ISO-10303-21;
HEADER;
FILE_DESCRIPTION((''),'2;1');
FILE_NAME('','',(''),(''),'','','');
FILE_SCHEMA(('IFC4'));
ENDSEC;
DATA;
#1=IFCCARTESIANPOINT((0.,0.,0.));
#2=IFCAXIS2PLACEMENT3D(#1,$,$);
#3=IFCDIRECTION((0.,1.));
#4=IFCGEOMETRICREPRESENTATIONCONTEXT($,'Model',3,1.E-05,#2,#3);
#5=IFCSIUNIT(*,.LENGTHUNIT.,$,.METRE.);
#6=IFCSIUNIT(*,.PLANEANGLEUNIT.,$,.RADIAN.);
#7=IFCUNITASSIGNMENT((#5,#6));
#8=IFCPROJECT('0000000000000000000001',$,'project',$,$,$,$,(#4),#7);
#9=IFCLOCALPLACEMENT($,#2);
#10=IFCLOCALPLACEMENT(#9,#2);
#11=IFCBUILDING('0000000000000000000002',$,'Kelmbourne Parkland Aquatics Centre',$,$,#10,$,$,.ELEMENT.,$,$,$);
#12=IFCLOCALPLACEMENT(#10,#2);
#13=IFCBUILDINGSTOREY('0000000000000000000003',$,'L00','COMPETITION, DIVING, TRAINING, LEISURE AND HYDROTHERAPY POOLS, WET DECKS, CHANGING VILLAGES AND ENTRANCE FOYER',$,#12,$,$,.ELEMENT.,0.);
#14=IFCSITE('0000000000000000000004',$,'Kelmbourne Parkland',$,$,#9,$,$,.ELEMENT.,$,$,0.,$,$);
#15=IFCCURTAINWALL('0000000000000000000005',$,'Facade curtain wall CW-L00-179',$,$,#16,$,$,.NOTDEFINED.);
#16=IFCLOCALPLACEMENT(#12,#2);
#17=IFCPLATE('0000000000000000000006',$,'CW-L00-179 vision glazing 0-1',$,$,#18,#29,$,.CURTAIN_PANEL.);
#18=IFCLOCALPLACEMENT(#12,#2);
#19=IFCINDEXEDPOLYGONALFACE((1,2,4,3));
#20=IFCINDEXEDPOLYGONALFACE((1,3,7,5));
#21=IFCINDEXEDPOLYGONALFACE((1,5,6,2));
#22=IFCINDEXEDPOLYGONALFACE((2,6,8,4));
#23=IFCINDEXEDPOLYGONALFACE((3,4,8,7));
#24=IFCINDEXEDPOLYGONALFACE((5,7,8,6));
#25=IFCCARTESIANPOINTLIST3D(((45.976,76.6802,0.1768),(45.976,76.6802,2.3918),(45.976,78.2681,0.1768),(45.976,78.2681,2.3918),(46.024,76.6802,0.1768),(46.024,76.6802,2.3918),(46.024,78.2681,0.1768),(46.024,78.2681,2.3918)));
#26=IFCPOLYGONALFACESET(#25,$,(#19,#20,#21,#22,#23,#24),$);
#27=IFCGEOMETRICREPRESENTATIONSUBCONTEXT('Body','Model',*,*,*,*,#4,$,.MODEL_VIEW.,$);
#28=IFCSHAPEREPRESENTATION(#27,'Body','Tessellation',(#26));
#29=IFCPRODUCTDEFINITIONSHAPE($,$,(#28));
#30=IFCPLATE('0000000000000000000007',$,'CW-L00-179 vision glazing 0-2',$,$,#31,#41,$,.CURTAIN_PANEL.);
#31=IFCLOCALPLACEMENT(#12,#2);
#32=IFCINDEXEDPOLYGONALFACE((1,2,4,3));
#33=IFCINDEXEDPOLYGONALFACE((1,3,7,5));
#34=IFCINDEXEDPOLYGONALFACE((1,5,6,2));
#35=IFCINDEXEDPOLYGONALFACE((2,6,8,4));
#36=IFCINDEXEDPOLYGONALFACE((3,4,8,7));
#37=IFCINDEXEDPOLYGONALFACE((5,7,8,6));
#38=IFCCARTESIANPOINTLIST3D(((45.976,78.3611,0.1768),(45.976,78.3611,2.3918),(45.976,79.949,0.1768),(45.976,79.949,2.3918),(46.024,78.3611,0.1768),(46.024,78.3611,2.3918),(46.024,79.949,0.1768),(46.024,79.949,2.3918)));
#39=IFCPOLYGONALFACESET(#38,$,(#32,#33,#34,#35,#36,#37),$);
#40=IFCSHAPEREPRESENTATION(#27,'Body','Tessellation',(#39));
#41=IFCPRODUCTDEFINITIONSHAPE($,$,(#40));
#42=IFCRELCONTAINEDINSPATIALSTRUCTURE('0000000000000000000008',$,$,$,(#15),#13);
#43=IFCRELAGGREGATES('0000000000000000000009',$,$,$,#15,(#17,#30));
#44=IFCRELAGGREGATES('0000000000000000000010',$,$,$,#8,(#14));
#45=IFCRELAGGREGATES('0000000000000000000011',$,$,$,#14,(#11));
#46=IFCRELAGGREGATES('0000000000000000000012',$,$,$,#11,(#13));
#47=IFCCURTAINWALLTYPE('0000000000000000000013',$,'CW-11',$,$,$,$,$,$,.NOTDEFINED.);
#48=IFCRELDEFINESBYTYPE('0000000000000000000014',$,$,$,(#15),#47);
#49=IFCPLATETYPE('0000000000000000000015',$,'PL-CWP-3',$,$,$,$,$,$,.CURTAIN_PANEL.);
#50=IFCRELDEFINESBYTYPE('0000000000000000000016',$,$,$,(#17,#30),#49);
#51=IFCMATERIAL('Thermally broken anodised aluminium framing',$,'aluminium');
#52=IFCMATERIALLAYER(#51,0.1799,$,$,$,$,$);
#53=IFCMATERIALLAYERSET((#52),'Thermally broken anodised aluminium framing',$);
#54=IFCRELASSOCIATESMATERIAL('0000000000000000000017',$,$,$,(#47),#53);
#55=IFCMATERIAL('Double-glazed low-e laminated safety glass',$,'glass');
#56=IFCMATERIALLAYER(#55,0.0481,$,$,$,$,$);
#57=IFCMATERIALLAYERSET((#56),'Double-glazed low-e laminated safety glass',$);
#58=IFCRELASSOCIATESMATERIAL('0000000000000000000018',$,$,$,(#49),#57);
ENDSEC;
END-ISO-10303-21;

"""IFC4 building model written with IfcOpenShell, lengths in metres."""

from ifc_helpers import new_model, si_unit, direction, frame, origin, origin_2d, place, context, subcontext, project, spatial, rectangle, extrude, material, layer, layer_set, type_object, element, aggregate, save


model = new_model("IFC4")

# Units and contexts
model_context = context("Model", 3, precision=1e-05, world=origin(), true_north=direction((0.0, 1.0)))
body_context = subcontext(model_context, "Body", "Model", "MODEL_VIEW")
ifc_project = project(units=[si_unit("LENGTHUNIT", "METRE"), si_unit("PLANEANGLEUNIT", "RADIAN")], contexts=[model_context])

# Site, building, storey
site_placement = place(None, origin())
site = spatial("IfcSite", under=ifc_project, at=site_placement, Name="Kelmbourne Parkland", CompositionType="ELEMENT", RefElevation=0.0)
building_placement = place(site_placement, origin())
building = spatial("IfcBuilding", under=site, at=building_placement, Name="Kelmbourne Parkland Aquatics Centre", CompositionType="ELEMENT")
storey_placement = place(building_placement, origin())
storey = spatial("IfcBuildingStorey", under=building, at=storey_placement, Name="L00", Description="COMPETITION, DIVING, TRAINING, LEISURE AND HYDROTHERAPY POOLS, WET DECKS, CHANGING VILLAGES AND ENTRANCE FOYER", CompositionType="ELEMENT", Elevation=0.0)

# Curtain wall
ifc_material_1 = material(Name="Thermally broken anodised aluminium framing", Category="aluminium")
ifc_layer_1 = layer(ifc_material_1, 0.1799)
ifc_layer_set_1 = layer_set([ifc_layer_1], Name="Thermally broken anodised aluminium framing")
curtain_wall_type_1 = type_object("IfcCurtainWallType", Name="CW-11", PredefinedType="NOTDEFINED", material=ifc_layer_set_1)
curtain_wall_1_placement = place(storey_placement, origin())
curtain_wall_1 = element("IfcCurtainWall", 1, at=curtain_wall_1_placement, inside=storey, type_object=curtain_wall_type_1, Name="Facade curtain wall CW-L00-179", PredefinedType="NOTDEFINED")

# Plates
ifc_material_2 = material(Name="Double-glazed low-e laminated safety glass", Category="glass")
ifc_layer_2 = layer(ifc_material_2, 0.0481)
ifc_layer_set_2 = layer_set([ifc_layer_2], Name="Double-glazed low-e laminated safety glass")
plate_type_1 = type_object("IfcPlateType", Name="PL-CWP-3", PredefinedType="CURTAIN_PANEL", material=ifc_layer_set_2)
plate_1_placement = place(storey_placement, frame((46.0, 77.4741, 0.1768), z_axis=(0.0, 0.0, 1.0), x_axis=(0.0, 1.0, 0.0)))
plate_1 = element("IfcPlate", 2, at=plate_1_placement, type_object=plate_type_1, Name="CW-L00-179 vision glazing 0-1", PredefinedType="CURTAIN_PANEL", context=body_context, shape_type="SweptSolid", body=[
    extrude(rectangle(XDim=1.5879, YDim=0.0481, at=origin_2d()), origin(), (0.0, 0.0, 1.0), 2.2151),
])
plate_2_placement = place(storey_placement, frame((46.0, 79.155, 0.1768), z_axis=(0.0, 0.0, 1.0), x_axis=(0.0, 1.0, 0.0)))
plate_2 = element("IfcPlate", 3, at=plate_2_placement, type_object=plate_type_1, Name="CW-L00-179 vision glazing 0-2", PredefinedType="CURTAIN_PANEL", context=body_context, shape_type="SweptSolid", body=[
    extrude(rectangle(XDim=1.5879, YDim=0.0481, at=origin_2d()), origin(), (0.0, 0.0, 1.0), 2.2151),
])
aggregate(curtain_wall_1, [plate_1, plate_2])

save(model, "model.ifc")
